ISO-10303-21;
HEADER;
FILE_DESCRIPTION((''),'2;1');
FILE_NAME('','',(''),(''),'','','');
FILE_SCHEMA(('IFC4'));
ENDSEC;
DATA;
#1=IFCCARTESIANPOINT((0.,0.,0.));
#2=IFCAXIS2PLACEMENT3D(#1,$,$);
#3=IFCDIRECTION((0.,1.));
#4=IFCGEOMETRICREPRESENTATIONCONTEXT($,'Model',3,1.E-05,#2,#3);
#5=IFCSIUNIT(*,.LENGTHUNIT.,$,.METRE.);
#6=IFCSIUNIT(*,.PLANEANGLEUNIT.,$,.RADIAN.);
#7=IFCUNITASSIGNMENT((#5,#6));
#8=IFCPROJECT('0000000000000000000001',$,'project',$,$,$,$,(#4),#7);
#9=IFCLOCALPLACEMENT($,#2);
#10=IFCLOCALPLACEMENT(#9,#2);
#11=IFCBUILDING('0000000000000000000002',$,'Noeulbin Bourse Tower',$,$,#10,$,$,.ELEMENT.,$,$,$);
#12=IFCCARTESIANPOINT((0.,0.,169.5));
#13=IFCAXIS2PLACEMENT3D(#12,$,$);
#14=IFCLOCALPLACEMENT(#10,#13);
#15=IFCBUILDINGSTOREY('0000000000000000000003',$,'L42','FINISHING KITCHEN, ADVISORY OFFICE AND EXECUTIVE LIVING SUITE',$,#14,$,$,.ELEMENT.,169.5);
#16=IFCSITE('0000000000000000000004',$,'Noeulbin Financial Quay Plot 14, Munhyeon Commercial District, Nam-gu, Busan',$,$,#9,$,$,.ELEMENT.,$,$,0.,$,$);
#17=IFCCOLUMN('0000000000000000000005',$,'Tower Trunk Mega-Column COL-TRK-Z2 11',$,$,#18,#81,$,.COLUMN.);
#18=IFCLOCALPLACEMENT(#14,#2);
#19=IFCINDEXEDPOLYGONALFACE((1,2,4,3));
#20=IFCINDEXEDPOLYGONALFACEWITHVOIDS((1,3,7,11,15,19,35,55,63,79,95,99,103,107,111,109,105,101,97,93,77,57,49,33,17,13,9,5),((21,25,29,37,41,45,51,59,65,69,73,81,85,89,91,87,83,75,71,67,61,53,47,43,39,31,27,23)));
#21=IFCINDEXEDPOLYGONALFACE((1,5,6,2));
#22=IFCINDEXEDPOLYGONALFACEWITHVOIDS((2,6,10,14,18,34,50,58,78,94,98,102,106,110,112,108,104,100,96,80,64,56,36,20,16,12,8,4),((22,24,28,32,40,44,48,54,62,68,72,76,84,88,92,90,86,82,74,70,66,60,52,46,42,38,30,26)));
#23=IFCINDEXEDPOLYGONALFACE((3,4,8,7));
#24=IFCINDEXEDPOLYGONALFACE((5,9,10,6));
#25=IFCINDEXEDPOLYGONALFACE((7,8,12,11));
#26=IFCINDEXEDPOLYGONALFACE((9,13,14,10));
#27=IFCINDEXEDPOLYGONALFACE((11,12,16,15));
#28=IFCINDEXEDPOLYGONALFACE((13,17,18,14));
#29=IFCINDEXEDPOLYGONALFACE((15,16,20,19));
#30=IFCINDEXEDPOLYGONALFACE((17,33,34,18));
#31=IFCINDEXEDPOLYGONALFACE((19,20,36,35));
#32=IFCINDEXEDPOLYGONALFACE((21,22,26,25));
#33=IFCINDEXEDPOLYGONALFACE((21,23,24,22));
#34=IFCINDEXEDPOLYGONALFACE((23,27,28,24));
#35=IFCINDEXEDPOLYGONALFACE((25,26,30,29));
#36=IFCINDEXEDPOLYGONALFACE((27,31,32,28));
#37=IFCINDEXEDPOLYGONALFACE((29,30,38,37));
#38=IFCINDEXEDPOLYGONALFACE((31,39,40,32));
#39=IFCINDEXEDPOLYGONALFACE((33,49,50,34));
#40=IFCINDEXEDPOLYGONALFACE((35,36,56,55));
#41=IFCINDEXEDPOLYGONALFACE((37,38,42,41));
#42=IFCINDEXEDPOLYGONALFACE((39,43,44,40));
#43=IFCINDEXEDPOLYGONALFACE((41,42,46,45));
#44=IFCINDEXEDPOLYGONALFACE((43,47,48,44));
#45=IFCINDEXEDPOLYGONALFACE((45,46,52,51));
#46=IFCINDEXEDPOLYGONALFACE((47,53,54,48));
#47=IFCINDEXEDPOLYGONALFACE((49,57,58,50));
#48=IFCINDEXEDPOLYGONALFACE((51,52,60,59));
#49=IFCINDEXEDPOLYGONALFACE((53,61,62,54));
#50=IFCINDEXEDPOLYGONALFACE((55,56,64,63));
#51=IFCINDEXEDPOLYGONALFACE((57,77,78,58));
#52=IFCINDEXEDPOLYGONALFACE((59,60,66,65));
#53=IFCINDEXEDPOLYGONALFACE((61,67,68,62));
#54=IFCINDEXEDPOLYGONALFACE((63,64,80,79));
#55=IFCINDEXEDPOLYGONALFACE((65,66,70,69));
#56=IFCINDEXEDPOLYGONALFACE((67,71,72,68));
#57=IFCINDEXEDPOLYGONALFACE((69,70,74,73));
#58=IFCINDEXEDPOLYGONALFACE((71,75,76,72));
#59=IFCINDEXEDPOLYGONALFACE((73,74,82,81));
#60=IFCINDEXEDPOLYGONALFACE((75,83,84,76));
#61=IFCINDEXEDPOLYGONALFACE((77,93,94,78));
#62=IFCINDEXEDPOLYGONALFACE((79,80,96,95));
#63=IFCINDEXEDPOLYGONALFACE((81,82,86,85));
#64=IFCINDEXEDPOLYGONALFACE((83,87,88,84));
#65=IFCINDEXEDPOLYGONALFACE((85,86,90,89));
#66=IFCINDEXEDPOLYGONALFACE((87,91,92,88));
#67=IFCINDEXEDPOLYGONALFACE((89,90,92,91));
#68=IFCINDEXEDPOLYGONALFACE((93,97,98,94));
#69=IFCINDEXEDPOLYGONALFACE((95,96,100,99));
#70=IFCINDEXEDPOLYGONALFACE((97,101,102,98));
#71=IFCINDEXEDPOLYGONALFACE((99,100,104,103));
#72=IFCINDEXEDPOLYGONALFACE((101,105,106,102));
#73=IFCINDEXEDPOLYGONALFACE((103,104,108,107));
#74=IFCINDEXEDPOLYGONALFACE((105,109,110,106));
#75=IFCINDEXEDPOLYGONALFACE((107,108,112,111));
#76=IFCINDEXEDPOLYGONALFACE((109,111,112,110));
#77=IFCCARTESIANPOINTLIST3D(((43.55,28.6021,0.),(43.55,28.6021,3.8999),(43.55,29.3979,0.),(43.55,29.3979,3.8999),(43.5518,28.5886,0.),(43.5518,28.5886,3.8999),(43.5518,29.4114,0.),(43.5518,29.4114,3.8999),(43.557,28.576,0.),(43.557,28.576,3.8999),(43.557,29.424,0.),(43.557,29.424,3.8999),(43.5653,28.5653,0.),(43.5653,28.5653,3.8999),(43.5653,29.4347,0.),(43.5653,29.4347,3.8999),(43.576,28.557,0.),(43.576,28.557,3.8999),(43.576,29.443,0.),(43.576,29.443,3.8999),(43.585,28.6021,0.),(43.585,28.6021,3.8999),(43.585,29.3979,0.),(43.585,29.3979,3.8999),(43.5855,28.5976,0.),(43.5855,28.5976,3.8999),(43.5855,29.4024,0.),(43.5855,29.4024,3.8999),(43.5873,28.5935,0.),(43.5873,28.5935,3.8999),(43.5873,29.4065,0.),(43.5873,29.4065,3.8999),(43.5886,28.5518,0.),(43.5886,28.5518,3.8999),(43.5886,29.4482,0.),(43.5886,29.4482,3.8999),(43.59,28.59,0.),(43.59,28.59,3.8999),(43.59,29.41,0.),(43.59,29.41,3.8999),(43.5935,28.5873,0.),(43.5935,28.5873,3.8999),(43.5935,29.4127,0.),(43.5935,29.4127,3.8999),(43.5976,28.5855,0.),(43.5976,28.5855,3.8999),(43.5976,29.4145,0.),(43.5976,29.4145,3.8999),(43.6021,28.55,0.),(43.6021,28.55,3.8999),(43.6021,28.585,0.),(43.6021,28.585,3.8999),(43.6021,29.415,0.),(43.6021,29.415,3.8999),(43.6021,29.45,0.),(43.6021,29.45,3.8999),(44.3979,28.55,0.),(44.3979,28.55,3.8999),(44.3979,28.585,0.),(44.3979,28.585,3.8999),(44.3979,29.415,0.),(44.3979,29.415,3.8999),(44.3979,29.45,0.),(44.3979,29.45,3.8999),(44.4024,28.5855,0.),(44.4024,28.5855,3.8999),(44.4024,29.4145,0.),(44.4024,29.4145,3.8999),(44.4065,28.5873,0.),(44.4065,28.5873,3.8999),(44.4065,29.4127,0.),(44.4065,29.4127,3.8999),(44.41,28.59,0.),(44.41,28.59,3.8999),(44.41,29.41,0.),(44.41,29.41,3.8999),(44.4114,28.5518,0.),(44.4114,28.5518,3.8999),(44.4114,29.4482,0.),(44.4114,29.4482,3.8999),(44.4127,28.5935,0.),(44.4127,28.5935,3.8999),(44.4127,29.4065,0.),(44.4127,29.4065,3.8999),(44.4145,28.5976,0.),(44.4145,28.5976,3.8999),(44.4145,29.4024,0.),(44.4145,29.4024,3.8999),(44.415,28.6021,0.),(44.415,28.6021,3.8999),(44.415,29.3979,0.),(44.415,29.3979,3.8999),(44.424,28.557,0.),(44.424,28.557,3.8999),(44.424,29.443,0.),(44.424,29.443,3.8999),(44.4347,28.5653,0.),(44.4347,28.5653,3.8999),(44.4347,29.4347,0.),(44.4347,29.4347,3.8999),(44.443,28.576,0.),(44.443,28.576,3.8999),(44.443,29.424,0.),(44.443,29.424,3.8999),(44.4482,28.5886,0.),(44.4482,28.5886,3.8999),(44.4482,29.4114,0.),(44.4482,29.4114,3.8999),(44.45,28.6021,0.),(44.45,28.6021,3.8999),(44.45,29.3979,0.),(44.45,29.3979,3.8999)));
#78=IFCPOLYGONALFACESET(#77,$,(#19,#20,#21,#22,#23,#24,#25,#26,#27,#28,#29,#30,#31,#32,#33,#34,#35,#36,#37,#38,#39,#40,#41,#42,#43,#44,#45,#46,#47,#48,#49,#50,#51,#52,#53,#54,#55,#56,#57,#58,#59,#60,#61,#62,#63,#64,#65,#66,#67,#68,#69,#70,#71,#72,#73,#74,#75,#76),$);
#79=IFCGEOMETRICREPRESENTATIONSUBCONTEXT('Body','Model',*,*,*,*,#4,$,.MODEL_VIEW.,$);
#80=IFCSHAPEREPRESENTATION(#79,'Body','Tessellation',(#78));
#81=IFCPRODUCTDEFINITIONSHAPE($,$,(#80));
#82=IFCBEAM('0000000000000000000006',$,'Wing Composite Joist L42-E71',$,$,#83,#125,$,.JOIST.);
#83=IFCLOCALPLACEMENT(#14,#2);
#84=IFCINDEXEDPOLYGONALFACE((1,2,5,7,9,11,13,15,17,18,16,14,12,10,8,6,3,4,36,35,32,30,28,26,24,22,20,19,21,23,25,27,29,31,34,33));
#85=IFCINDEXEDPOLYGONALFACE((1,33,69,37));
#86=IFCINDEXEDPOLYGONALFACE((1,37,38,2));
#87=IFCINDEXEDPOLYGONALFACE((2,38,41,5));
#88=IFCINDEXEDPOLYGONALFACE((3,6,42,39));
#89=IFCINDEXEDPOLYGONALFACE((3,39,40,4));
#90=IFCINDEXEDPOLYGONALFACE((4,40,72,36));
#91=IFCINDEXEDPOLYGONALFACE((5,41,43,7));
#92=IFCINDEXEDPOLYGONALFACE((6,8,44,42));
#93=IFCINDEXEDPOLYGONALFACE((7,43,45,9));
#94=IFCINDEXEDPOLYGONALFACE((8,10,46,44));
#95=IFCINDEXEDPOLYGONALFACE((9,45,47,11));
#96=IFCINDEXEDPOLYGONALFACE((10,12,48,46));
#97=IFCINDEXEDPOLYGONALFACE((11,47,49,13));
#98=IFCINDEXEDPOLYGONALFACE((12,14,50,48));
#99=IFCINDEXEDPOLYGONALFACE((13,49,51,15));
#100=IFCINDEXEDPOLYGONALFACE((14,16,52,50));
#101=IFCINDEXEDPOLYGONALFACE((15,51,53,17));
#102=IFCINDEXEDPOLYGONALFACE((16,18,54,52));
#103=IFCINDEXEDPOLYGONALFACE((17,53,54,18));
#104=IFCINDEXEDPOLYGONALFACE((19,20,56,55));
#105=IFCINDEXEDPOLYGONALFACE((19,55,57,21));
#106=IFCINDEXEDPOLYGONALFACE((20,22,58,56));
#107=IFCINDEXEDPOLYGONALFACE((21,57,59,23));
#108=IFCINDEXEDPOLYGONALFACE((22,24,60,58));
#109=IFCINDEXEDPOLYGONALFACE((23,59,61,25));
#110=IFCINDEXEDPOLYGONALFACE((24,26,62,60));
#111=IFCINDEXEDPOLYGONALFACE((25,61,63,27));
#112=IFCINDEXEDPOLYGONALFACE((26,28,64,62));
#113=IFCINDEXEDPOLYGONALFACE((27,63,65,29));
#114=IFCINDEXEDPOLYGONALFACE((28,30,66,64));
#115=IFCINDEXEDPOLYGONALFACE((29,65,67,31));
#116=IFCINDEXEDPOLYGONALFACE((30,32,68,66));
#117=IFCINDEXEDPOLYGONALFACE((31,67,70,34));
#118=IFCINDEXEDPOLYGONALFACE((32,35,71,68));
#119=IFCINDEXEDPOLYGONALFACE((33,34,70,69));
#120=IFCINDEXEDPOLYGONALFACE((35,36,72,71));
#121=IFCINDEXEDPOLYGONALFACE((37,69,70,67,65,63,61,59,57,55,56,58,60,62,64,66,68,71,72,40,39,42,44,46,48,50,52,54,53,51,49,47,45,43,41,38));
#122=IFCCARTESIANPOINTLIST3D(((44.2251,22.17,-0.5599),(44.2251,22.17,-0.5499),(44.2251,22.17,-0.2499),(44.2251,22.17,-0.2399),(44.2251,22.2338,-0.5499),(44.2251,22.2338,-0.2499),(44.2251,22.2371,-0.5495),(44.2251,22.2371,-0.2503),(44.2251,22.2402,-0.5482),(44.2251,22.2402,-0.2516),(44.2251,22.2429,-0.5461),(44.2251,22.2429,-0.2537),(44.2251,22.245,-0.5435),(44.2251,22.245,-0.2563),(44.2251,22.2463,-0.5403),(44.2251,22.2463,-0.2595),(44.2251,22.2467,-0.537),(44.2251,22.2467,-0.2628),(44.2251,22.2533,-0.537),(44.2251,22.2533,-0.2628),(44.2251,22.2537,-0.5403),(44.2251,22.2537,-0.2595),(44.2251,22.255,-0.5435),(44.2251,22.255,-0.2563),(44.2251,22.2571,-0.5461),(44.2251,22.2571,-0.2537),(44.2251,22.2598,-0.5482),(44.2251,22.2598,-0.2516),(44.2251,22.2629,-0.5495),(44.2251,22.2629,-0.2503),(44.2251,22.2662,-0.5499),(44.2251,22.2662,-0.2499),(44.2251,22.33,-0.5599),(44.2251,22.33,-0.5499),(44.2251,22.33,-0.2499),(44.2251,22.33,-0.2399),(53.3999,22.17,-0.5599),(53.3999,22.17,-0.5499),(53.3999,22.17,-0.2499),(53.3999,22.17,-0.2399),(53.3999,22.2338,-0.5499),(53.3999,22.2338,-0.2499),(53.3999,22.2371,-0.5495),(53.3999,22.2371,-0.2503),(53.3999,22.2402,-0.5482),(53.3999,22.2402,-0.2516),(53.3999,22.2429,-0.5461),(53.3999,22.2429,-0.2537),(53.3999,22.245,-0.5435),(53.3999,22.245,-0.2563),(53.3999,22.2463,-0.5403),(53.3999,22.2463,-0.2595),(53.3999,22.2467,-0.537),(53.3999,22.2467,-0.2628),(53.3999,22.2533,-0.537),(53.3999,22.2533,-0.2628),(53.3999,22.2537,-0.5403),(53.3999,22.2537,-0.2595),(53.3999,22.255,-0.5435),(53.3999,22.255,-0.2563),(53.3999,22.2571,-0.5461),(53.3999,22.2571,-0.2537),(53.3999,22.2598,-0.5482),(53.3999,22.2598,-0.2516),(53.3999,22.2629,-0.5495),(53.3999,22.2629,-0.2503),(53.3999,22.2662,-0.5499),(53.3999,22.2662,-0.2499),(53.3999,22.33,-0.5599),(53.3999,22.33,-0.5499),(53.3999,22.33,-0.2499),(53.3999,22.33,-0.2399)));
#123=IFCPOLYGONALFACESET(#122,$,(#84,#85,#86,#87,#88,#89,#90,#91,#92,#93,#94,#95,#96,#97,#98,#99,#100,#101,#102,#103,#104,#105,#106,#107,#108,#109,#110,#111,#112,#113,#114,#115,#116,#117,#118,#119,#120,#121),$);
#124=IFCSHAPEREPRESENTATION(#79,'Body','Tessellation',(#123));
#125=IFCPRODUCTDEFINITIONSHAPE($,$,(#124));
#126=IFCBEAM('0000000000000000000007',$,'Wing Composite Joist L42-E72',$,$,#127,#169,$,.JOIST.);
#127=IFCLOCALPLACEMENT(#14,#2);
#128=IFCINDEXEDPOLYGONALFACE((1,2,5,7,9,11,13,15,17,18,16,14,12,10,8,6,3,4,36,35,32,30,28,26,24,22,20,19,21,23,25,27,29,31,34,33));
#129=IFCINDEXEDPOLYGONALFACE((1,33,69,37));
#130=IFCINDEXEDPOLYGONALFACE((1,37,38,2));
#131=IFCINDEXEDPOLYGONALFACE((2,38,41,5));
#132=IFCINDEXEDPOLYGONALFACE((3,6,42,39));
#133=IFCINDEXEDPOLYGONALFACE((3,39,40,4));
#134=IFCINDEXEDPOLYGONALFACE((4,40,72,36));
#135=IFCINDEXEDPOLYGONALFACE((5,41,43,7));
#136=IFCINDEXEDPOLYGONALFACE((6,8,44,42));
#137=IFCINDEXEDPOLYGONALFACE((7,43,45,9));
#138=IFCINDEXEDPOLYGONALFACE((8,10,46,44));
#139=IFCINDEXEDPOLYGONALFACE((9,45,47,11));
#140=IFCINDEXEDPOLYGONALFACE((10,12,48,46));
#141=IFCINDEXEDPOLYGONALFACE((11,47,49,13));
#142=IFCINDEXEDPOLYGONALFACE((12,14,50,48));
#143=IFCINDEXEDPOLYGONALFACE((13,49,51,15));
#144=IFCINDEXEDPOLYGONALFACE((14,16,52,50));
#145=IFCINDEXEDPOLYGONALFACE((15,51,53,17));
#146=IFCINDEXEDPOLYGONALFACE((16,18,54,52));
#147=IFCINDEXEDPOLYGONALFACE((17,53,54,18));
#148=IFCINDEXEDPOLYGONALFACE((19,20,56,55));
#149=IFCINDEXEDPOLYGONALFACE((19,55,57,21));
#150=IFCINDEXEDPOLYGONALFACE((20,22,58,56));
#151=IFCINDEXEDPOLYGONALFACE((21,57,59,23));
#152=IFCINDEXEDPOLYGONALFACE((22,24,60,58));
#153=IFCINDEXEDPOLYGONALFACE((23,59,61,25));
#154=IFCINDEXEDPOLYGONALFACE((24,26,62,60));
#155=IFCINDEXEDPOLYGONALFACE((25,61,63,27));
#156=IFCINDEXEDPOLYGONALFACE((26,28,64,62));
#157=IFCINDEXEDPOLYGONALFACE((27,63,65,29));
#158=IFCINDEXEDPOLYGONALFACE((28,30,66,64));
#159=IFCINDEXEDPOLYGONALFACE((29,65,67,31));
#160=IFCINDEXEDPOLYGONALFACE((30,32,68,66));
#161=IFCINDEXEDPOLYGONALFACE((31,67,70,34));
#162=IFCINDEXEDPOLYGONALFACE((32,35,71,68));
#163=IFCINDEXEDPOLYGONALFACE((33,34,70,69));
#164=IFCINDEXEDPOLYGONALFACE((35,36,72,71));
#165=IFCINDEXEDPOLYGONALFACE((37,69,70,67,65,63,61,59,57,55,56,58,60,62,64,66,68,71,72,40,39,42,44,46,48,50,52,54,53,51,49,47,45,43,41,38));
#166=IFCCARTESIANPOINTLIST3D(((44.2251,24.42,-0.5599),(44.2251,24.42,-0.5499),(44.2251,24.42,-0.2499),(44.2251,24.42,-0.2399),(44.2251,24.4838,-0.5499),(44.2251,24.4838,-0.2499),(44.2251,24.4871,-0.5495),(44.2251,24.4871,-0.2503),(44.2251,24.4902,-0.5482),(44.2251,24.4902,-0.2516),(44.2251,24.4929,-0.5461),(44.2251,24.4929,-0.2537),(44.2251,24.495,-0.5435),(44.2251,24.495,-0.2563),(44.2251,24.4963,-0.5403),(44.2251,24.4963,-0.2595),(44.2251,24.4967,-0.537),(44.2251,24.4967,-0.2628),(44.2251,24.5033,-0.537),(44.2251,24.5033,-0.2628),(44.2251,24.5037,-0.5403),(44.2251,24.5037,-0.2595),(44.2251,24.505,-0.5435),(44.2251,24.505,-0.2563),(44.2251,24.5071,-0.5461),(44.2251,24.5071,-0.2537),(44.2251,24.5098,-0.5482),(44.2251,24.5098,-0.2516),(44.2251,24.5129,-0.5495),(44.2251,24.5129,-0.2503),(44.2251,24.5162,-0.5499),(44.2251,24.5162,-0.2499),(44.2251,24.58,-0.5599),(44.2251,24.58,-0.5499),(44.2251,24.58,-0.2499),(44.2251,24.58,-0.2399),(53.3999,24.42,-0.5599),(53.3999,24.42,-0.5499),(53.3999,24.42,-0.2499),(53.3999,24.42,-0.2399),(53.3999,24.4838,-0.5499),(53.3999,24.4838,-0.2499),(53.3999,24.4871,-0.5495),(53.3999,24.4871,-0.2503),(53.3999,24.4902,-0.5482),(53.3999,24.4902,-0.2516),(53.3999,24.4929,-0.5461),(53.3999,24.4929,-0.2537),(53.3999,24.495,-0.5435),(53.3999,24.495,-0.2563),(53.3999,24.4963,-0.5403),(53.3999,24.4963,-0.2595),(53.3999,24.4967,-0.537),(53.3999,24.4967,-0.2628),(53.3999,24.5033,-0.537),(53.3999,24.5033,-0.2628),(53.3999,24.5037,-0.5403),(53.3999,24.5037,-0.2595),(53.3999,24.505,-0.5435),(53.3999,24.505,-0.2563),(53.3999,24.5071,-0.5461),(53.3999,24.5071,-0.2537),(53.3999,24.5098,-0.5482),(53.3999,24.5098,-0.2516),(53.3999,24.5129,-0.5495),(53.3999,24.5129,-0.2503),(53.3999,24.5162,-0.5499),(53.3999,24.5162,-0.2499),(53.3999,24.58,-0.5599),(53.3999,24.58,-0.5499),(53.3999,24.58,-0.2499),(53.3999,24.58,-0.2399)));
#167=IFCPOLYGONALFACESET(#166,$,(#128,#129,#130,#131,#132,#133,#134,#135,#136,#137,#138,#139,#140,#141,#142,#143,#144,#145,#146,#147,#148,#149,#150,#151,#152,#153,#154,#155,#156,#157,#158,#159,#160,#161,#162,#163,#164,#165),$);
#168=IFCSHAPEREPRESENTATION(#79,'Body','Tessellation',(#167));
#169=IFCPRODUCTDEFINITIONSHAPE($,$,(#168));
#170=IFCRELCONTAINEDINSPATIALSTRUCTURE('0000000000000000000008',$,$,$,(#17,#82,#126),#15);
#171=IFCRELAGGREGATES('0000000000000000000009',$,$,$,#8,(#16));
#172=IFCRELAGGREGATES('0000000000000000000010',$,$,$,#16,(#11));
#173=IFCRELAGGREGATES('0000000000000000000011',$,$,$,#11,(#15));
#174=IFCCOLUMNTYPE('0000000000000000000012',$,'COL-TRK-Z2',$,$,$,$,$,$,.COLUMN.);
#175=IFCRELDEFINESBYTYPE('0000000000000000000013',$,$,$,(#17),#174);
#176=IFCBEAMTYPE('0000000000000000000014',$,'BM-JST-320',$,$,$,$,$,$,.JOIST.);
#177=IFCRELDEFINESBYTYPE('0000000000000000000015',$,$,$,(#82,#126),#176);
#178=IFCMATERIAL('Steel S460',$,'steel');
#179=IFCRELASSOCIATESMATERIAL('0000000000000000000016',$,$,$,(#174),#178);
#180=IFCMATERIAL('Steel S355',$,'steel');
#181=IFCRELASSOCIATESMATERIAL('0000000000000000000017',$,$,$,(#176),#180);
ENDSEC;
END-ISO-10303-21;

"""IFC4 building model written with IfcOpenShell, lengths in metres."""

from ifc_helpers import new_model, si_unit, direction, frame, origin, origin_2d, place, context, subcontext, project, spatial, hollow_rectangle, i_section, extrude, material, material_profile, profile_set, type_object, element, save


model = new_model("IFC4")

# Units and contexts
model_context = context("Model", 3, precision=1e-05, world=origin(), true_north=direction((0.0, 1.0)))
body_context = subcontext(model_context, "Body", "Model", "MODEL_VIEW")
ifc_project = project(units=[si_unit("LENGTHUNIT", "METRE"), si_unit("PLANEANGLEUNIT", "RADIAN")], contexts=[model_context])

# Site, building, storey
site_placement = place(None, origin())
site = spatial("IfcSite", under=ifc_project, at=site_placement, Name="Noeulbin Financial Quay Plot 14, Munhyeon Commercial District, Nam-gu, Busan", CompositionType="ELEMENT", RefElevation=0.0)
building_placement = place(site_placement, origin())
building = spatial("IfcBuilding", under=site, at=building_placement, Name="Noeulbin Bourse Tower", CompositionType="ELEMENT")
storey_placement = place(building_placement, frame((0.0, 0.0, 169.5)))
storey = spatial("IfcBuildingStorey", under=building, at=storey_placement, Name="L42", Description="FINISHING KITCHEN, ADVISORY OFFICE AND EXECUTIVE LIVING SUITE", CompositionType="ELEMENT", Elevation=169.5)

# Column
ifc_material_1 = material(Name="Steel S355", Category="steel")
ifc_material_2 = material(Name="Steel S460", Category="steel")
ifc_material_profile_1 = material_profile(ifc_material_2, hollow_rectangle(XDim=0.8999, YDim=0.8999, WallThickness=0.0349, InnerFilletRadius=0.0171, OuterFilletRadius=0.052, at=origin_2d()), Name="BOX-900x900x35", Category="LoadBearing")
ifc_profile_set_1 = profile_set([ifc_material_profile_1], Name="Steel S460")
column_type_1 = type_object("IfcColumnType", Name="COL-TRK-Z2", PredefinedType="COLUMN", material=ifc_profile_set_1)
column_placement = place(storey_placement, frame((44.0, 29.0, 0.0), z_axis=(0.0, 0.0, 1.0), x_axis=(1.0, 0.0, 0.0)))
element("IfcColumn", 1, at=column_placement, inside=storey, type_object=column_type_1, Name="Tower Trunk Mega-Column COL-TRK-Z2 11", PredefinedType="COLUMN", context=body_context, shape_type="SweptSolid", body=[
    extrude(hollow_rectangle(XDim=0.8999, YDim=0.8999, WallThickness=0.0349, InnerFilletRadius=0.0171, OuterFilletRadius=0.052, at=origin_2d()), origin(), (0.0, 0.0, 1.0), 3.8999),
])

# Beams
ifc_material_profile_2 = material_profile(ifc_material_1, i_section(OverallWidth=0.1599, OverallDepth=0.3201, WebThickness=0.0066, FlangeThickness=0.01, FilletRadius=0.0129, at=origin_2d()), Name="H-320x160x6.5x10", Category="LoadBearing")
ifc_profile_set_2 = profile_set([ifc_material_profile_2], Name="Steel S355")
beam_type_1 = type_object("IfcBeamType", Name="BM-JST-320", PredefinedType="JOIST", material=ifc_profile_set_2)
for number, where, z_axis, x_axis, name in (
    (2, (44.2251, 22.25, -0.3999), (1.0, 0.0, 0.0), (0.0, 1.0, 0.0), "Wing Composite Joist L42-E71"),
    (3, (44.2251, 24.5, -0.3999), (1.0, 0.0, 0.0), (0.0, 1.0, 0.0), "Wing Composite Joist L42-E72"),
):
    element("IfcBeam", number, at=place(storey_placement, frame(where, z_axis=z_axis, x_axis=x_axis)), inside=storey, type_object=beam_type_1, Name=name, PredefinedType="JOIST", context=body_context, shape_type="SweptSolid", body=[
        extrude(i_section(OverallWidth=0.1599, OverallDepth=0.3201, WebThickness=0.0066, FlangeThickness=0.01, FilletRadius=0.0129, at=origin_2d()), origin(), (0.0, 0.0, 1.0), 9.1748),
    ])

save(model, "model.ifc")
